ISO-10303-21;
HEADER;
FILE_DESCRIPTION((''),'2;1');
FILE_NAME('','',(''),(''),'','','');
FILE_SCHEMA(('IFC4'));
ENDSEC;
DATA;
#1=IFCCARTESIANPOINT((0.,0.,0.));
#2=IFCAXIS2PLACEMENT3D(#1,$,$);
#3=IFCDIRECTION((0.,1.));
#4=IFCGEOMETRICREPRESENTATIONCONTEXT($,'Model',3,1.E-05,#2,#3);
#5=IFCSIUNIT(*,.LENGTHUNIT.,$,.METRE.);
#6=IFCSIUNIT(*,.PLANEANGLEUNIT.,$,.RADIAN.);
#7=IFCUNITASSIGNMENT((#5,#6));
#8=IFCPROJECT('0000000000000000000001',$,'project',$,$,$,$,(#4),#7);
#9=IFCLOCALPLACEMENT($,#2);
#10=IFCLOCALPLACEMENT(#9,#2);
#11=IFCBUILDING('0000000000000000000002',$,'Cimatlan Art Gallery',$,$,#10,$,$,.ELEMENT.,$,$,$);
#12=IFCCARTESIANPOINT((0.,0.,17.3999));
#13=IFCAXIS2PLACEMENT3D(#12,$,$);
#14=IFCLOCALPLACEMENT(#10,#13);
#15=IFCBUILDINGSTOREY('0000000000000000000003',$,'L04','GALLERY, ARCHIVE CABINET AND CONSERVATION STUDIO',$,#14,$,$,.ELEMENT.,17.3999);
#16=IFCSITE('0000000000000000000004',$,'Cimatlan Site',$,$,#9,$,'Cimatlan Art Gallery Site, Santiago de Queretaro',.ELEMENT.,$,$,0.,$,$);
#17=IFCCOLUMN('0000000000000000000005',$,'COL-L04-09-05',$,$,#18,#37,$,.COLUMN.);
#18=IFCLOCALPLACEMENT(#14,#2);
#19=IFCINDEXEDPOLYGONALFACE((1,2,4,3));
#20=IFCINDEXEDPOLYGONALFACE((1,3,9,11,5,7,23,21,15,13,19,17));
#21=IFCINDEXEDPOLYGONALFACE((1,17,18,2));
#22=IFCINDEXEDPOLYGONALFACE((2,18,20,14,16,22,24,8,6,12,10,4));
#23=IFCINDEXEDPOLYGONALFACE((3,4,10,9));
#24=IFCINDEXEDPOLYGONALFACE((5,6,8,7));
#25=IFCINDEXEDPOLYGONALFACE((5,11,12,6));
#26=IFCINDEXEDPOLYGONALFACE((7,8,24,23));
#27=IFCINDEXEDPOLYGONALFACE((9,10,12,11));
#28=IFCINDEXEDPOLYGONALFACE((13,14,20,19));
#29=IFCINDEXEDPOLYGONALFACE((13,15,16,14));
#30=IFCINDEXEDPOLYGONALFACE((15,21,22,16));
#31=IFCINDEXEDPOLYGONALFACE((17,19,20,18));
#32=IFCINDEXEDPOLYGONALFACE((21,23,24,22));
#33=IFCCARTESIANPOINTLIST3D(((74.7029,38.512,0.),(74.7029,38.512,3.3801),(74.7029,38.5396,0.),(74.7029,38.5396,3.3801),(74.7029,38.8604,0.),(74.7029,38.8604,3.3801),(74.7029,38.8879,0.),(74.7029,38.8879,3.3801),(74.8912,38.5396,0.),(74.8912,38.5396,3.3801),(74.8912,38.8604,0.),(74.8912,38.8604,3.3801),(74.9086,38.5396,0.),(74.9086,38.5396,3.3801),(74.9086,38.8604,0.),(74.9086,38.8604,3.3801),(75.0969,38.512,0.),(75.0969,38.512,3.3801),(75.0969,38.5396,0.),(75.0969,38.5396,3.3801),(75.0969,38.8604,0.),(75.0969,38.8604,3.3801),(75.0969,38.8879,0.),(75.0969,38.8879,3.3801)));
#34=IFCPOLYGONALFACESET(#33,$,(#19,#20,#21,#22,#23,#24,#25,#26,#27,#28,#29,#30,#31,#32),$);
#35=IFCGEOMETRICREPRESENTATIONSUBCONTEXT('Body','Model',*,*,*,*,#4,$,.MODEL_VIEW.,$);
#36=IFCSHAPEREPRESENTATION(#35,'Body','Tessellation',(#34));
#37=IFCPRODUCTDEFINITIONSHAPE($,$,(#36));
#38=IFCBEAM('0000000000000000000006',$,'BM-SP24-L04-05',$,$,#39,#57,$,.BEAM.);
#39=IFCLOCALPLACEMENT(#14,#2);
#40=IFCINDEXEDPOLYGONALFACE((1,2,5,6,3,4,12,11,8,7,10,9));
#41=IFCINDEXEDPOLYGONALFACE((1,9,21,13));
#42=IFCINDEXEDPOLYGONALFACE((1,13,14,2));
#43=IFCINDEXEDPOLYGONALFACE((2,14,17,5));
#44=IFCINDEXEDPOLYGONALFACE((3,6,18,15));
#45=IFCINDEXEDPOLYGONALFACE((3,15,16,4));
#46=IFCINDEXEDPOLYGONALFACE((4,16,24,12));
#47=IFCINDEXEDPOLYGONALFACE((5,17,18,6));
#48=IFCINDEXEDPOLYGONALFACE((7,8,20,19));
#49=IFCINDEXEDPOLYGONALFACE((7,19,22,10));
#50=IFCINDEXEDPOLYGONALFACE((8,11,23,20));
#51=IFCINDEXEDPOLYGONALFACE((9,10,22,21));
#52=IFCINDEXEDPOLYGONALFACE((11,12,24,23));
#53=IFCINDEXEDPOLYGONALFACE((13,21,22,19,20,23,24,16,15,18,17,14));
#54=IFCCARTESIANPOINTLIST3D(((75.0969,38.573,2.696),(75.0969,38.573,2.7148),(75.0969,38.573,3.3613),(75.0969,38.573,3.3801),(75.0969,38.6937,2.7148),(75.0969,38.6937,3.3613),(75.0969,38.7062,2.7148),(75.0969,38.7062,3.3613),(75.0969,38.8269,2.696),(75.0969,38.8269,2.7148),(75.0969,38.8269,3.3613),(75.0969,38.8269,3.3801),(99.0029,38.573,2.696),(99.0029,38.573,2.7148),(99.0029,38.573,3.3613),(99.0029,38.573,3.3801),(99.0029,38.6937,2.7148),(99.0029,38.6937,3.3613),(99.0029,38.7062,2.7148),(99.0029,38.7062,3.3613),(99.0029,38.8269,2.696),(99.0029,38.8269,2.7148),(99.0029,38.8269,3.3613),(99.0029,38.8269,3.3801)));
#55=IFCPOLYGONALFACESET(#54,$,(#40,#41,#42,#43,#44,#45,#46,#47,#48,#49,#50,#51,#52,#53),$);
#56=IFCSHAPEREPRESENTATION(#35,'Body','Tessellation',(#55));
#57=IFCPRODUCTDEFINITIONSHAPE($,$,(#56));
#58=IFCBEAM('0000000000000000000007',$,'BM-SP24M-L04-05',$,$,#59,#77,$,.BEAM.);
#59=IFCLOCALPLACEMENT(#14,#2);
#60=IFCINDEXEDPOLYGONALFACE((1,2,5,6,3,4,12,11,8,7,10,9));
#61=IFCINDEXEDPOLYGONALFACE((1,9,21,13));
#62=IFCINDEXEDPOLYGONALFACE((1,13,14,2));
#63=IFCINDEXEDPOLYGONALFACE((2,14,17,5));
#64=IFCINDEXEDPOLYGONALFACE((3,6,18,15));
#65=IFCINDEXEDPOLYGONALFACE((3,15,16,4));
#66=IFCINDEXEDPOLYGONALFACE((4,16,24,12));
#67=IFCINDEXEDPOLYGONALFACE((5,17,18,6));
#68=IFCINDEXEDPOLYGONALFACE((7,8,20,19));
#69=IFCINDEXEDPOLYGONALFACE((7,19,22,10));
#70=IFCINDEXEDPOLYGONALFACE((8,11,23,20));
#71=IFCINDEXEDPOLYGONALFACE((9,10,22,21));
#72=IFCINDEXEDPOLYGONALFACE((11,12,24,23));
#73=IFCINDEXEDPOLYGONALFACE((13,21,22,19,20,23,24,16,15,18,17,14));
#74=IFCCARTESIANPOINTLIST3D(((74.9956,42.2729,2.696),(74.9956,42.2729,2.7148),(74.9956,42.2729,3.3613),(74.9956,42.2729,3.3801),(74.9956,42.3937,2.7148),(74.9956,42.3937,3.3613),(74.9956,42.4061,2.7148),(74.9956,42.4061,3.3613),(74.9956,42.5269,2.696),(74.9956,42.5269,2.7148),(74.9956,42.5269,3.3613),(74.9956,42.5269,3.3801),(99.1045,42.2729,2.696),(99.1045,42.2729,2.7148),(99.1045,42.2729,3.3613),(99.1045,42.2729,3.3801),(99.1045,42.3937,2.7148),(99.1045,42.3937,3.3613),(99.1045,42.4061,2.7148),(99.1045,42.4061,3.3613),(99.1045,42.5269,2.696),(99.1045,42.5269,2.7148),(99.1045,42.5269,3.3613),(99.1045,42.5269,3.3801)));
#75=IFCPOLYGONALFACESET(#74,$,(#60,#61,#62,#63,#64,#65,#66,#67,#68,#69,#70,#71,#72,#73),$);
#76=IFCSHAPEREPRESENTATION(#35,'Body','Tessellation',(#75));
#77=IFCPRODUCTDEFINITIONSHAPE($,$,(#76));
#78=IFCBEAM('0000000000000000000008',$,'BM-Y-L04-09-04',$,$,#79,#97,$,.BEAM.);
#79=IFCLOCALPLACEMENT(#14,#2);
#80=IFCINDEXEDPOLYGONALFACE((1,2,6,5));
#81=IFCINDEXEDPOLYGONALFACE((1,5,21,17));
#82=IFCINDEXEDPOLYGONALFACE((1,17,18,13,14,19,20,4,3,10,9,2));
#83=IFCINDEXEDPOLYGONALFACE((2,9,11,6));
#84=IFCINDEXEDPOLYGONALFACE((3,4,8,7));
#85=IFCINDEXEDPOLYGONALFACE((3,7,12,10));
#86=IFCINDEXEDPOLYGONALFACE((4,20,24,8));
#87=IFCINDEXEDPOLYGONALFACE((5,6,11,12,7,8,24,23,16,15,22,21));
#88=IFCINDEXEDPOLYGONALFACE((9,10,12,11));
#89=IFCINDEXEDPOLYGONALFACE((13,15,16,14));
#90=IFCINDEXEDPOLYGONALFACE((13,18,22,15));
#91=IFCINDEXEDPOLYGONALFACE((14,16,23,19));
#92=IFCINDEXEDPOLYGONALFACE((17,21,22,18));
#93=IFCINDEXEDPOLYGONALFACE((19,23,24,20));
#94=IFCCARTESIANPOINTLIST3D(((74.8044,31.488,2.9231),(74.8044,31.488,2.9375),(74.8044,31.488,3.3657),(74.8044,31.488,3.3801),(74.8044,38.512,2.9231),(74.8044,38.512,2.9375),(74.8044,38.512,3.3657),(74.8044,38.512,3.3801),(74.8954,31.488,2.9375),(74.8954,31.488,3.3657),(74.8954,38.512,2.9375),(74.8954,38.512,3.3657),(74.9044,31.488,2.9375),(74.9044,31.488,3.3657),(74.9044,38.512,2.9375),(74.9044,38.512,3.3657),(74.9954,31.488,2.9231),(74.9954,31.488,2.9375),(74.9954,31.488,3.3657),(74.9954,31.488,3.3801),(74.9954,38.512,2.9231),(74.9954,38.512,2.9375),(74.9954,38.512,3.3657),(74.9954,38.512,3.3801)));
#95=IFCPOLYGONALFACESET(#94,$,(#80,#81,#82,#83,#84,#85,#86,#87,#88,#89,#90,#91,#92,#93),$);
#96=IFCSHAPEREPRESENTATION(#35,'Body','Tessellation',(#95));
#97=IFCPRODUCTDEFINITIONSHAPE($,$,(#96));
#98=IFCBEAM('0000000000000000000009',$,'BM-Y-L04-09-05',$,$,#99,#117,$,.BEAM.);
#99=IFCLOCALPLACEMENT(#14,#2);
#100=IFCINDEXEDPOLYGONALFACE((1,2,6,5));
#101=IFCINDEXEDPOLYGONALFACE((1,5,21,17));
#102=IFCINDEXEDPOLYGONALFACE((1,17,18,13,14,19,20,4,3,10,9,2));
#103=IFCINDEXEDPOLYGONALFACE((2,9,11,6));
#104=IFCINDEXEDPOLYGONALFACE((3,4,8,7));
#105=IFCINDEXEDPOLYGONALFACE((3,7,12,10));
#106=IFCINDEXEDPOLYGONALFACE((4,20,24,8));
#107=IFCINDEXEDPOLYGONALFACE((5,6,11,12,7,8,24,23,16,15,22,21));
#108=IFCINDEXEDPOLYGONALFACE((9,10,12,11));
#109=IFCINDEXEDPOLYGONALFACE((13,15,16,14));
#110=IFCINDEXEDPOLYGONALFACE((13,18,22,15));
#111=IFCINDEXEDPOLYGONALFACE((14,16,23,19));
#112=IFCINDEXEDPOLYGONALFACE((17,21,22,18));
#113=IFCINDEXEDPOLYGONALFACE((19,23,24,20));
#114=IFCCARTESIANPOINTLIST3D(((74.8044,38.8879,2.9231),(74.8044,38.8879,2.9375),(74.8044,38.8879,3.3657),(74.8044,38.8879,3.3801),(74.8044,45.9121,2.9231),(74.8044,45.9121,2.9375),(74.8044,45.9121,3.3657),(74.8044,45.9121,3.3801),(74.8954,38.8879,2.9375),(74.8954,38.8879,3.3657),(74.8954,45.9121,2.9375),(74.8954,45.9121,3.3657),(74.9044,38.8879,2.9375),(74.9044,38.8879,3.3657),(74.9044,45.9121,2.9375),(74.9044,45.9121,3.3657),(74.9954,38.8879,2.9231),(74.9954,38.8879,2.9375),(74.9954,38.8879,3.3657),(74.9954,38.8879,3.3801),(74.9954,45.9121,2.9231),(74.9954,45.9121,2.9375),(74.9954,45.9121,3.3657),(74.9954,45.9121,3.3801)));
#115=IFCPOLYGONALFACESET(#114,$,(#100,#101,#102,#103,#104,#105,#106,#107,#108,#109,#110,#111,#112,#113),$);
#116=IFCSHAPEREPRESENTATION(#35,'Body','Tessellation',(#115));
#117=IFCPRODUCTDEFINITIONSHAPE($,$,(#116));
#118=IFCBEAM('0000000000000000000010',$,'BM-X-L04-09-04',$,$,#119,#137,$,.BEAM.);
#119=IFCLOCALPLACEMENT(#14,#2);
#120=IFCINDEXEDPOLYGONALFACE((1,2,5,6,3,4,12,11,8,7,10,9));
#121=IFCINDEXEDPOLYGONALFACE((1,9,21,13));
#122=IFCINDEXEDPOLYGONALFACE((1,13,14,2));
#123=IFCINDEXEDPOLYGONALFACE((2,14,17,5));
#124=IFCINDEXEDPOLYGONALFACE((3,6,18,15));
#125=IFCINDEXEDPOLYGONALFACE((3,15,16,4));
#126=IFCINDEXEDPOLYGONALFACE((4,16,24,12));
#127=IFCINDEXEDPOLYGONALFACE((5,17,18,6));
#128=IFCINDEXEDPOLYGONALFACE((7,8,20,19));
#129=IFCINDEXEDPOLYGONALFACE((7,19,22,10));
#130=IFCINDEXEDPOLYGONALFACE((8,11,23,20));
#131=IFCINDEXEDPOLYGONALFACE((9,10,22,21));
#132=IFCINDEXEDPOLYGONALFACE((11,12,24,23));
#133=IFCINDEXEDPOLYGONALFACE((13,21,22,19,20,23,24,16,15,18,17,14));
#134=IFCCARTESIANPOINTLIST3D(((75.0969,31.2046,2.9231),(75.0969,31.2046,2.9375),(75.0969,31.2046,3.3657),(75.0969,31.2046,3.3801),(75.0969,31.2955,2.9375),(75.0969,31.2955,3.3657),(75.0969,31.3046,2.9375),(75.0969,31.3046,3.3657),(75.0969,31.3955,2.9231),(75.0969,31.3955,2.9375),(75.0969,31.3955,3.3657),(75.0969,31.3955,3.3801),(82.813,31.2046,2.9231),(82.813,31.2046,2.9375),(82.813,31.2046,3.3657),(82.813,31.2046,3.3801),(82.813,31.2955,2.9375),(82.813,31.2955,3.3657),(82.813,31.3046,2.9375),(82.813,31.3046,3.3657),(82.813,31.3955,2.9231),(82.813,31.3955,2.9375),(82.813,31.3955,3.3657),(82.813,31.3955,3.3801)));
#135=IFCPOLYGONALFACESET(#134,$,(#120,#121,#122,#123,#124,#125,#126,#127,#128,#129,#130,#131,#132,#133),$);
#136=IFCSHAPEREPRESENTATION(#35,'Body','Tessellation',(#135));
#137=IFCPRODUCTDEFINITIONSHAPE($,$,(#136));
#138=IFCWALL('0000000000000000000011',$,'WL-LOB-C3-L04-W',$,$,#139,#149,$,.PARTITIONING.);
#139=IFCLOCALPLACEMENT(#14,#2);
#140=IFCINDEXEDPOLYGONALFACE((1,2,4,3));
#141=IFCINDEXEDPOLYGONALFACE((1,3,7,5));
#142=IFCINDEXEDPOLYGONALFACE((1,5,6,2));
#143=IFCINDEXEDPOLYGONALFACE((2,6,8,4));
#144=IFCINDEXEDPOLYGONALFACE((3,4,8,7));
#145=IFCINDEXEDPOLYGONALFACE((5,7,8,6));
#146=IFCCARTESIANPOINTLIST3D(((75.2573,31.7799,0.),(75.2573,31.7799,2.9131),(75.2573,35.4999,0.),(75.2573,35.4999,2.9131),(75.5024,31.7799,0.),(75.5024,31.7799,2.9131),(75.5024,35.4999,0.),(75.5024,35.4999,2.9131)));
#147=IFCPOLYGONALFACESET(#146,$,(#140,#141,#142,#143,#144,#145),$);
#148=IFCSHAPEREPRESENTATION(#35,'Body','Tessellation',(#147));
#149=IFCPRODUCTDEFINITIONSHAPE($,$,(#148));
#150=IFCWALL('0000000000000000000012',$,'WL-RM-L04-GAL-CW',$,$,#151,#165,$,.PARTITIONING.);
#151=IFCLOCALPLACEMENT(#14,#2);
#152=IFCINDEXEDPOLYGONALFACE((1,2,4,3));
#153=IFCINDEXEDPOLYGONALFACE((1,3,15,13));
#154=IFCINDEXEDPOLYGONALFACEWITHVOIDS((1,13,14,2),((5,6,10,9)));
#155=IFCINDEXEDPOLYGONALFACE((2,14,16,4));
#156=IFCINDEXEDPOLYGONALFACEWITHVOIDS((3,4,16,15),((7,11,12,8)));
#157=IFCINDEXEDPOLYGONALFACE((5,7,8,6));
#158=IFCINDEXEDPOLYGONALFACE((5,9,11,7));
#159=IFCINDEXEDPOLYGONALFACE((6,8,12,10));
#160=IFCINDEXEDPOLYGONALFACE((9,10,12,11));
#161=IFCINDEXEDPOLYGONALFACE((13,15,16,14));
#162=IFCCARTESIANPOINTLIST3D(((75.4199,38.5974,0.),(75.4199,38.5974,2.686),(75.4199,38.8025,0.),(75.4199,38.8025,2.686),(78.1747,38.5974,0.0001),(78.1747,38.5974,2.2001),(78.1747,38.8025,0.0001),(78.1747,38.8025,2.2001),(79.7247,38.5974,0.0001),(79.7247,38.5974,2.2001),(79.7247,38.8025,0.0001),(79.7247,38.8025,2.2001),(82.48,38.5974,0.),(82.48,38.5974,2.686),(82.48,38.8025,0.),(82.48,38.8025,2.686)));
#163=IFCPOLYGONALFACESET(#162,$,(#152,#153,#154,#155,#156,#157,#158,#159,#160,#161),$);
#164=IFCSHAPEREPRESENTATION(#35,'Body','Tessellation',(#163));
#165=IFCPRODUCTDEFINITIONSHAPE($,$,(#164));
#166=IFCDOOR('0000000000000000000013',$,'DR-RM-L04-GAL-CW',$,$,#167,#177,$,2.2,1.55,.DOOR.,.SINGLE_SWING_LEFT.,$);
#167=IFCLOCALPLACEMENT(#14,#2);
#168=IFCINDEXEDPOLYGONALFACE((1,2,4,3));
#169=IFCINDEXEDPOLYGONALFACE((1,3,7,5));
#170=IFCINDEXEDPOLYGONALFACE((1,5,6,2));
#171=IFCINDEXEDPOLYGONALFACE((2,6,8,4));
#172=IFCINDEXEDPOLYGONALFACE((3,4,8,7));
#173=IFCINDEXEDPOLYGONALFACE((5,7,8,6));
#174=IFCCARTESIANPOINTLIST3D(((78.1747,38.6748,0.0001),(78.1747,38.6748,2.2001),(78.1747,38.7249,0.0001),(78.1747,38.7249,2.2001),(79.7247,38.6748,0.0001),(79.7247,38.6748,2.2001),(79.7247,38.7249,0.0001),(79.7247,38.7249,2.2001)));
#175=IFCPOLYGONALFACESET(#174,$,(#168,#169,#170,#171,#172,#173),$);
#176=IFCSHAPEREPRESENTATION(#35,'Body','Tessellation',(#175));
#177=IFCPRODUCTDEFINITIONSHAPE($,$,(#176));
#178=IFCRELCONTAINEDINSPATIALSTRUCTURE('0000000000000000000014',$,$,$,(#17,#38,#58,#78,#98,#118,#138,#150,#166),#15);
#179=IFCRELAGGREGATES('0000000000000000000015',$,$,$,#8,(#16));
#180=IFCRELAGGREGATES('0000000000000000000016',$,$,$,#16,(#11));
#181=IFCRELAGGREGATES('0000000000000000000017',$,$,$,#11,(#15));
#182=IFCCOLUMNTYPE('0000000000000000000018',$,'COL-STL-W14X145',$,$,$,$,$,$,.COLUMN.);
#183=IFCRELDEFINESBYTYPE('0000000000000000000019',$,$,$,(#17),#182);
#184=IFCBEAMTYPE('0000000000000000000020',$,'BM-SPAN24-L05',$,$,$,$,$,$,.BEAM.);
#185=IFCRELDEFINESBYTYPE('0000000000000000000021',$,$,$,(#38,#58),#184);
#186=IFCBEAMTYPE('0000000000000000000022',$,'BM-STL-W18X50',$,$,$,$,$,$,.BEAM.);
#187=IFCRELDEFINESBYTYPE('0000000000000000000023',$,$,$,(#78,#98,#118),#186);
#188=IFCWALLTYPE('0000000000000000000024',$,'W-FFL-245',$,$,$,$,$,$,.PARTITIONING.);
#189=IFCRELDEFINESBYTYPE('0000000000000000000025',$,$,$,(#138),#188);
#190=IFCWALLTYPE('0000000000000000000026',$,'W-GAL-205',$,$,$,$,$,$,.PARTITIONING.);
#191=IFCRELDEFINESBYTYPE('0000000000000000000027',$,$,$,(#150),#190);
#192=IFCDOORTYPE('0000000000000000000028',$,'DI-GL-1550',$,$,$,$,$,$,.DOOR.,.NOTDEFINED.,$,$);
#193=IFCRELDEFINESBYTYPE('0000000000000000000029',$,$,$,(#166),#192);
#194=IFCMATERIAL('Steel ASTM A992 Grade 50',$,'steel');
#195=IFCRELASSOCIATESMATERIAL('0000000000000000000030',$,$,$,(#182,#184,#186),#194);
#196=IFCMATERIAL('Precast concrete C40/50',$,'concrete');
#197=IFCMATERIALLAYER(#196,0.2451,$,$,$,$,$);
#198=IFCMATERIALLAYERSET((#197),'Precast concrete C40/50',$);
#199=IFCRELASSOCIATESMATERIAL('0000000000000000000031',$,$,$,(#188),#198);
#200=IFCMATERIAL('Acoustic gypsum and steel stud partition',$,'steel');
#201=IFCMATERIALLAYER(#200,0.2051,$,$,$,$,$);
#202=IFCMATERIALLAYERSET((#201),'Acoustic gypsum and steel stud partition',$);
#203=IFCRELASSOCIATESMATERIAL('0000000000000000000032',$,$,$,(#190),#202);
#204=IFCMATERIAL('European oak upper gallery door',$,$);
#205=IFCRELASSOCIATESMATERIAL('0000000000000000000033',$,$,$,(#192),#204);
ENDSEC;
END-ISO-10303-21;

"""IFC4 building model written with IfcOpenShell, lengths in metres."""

from ifc_helpers import new_model, si_unit, direction, frame, frame_2d, origin, origin_2d, place, context, subcontext, project, spatial, rectangle, i_section, extrude, material, layer, layer_set, material_profile, profile_set, type_object, element, fill, save


model = new_model("IFC4")

# Units and contexts
model_context = context("Model", 3, precision=1e-05, world=origin(), true_north=direction((0.0, 1.0)))
body_context = subcontext(model_context, "Body", "Model", "MODEL_VIEW")
ifc_project = project(units=[si_unit("LENGTHUNIT", "METRE"), si_unit("PLANEANGLEUNIT", "RADIAN")], contexts=[model_context])

# Site, building, storey
site_placement = place(None, origin())
site = spatial("IfcSite", under=ifc_project, at=site_placement, Name="Cimatlan Site", LongName="Cimatlan Art Gallery Site, Santiago de Queretaro", CompositionType="ELEMENT", RefElevation=0.0)
building_placement = place(site_placement, origin())
building = spatial("IfcBuilding", under=site, at=building_placement, Name="Cimatlan Art Gallery", CompositionType="ELEMENT")
storey_placement = place(building_placement, frame((0.0, 0.0, 17.3999)))
storey = spatial("IfcBuildingStorey", under=building, at=storey_placement, Name="L04", Description="GALLERY, ARCHIVE CABINET AND CONSERVATION STUDIO", CompositionType="ELEMENT", Elevation=17.3999)

# Column
ifc_material_1 = material(Name="Steel ASTM A992 Grade 50", Category="steel")
ifc_material_profile_1 = material_profile(ifc_material_1, i_section(OverallWidth=0.394, OverallDepth=0.376, WebThickness=0.0173, FlangeThickness=0.0276, at=origin_2d()), Name="W14X145")
ifc_profile_set_1 = profile_set([ifc_material_profile_1], Name="Steel ASTM A992 Grade 50")
column_type = type_object("IfcColumnType", Name="COL-STL-W14X145", PredefinedType="COLUMN", material=ifc_profile_set_1)
column_placement = place(storey_placement, frame((74.8999, 38.7, 0.0), z_axis=(0.0, 0.0, 1.0), x_axis=(1.0, 0.0, 0.0)))
element("IfcColumn", 1, at=column_placement, inside=storey, type_object=column_type, Name="COL-L04-09-05", PredefinedType="COLUMN", context=body_context, shape_type="SweptSolid", body=[
    extrude(i_section(OverallWidth=0.394, OverallDepth=0.376, WebThickness=0.0173, FlangeThickness=0.0276, at=origin_2d()), origin(), (0.0, 0.0, 1.0), 3.3801),
])

# Beams
ifc_material_profile_2 = material_profile(ifc_material_1, i_section(OverallWidth=0.2539, OverallDepth=0.6841, WebThickness=0.0125, FlangeThickness=0.0188, at=origin_2d()), Name="W27X94")
ifc_profile_set_2 = profile_set([ifc_material_profile_2], Name="Steel ASTM A992 Grade 50")
beam_type_1 = type_object("IfcBeamType", Name="BM-SPAN24-L05", PredefinedType="BEAM", material=ifc_profile_set_2)
beam_1_placement = place(storey_placement, frame((75.0969, 38.7, 3.0381), z_axis=(1.0, 0.0, 0.0), x_axis=(0.0, 1.0, 0.0)))
element("IfcBeam", 2, at=beam_1_placement, inside=storey, type_object=beam_type_1, Name="BM-SP24-L04-05", PredefinedType="BEAM", context=body_context, shape_type="SweptSolid", body=[
    extrude(i_section(OverallWidth=0.2539, OverallDepth=0.6841, WebThickness=0.0125, FlangeThickness=0.0188, at=origin_2d()), origin(), (0.0, 0.0, 1.0), 23.906),
])
beam_2_placement = place(storey_placement, frame((74.9956, 42.3999, 3.0381), z_axis=(1.0, 0.0, 0.0), x_axis=(0.0, 1.0, 0.0)))
element("IfcBeam", 3, at=beam_2_placement, inside=storey, type_object=beam_type_1, Name="BM-SP24M-L04-05", PredefinedType="BEAM", context=body_context, shape_type="SweptSolid", body=[
    extrude(i_section(OverallWidth=0.2539, OverallDepth=0.6841, WebThickness=0.0125, FlangeThickness=0.0188, at=origin_2d()), origin(), (0.0, 0.0, 1.0), 24.1089),
])
ifc_material_profile_3 = material_profile(ifc_material_1, i_section(OverallWidth=0.1909, OverallDepth=0.457, WebThickness=0.009, FlangeThickness=0.0144, at=origin_2d()), Name="W18X50")
ifc_profile_set_3 = profile_set([ifc_material_profile_3], Name="Steel ASTM A992 Grade 50")
beam_type_2 = type_object("IfcBeamType", Name="BM-STL-W18X50", PredefinedType="BEAM", material=ifc_profile_set_3)
beam_3_placement = place(storey_placement, frame((74.8999, 31.488, 3.1516), z_axis=(0.0, 1.0, 0.0), x_axis=(-1.0, 0.0, 0.0)))
element("IfcBeam", 4, at=beam_3_placement, inside=storey, type_object=beam_type_2, Name="BM-Y-L04-09-04", PredefinedType="BEAM", context=body_context, shape_type="SweptSolid", body=[
    extrude(i_section(OverallWidth=0.1909, OverallDepth=0.457, WebThickness=0.009, FlangeThickness=0.0144, at=origin_2d()), origin(), (0.0, 0.0, 1.0), 7.0239),
])
beam_4_placement = place(storey_placement, frame((74.8999, 38.8879, 3.1516), z_axis=(0.0, 1.0, 0.0), x_axis=(-1.0, 0.0, 0.0)))
element("IfcBeam", 5, at=beam_4_placement, inside=storey, type_object=beam_type_2, Name="BM-Y-L04-09-05", PredefinedType="BEAM", context=body_context, shape_type="SweptSolid", body=[
    extrude(i_section(OverallWidth=0.1909, OverallDepth=0.457, WebThickness=0.009, FlangeThickness=0.0144, at=origin_2d()), origin(), (0.0, 0.0, 1.0), 7.0242),
])
beam_5_placement = place(storey_placement, frame((75.0969, 31.3, 3.1516), z_axis=(1.0, 0.0, 0.0), x_axis=(0.0, 1.0, 0.0)))
element("IfcBeam", 6, at=beam_5_placement, inside=storey, type_object=beam_type_2, Name="BM-X-L04-09-04", PredefinedType="BEAM", context=body_context, shape_type="SweptSolid", body=[
    extrude(i_section(OverallWidth=0.1909, OverallDepth=0.457, WebThickness=0.009, FlangeThickness=0.0144, at=origin_2d()), origin(), (0.0, 0.0, 1.0), 7.7161),
])

# Shared definitions
ifc_material_2 = material(Name="Precast concrete C40/50", Category="concrete")
ifc_layer_1 = layer(ifc_material_2, 0.2451)
ifc_layer_set_1 = layer_set([ifc_layer_1], Name="Precast concrete C40/50")
wall_type_1 = type_object("IfcWallType", Name="W-FFL-245", PredefinedType="PARTITIONING", material=ifc_layer_set_1)

# Wall
wall_1_placement = place(storey_placement, frame((75.3799, 31.78, 0.0), z_axis=(0.0, 0.0, 1.0), x_axis=(0.0, 1.0, 0.0)))
element("IfcWall", 7, at=wall_1_placement, inside=storey, type_object=wall_type_1, Name="WL-LOB-C3-L04-W", PredefinedType="PARTITIONING", context=body_context, shape_type="SweptSolid", body=[
    extrude(rectangle(XDim=3.72, YDim=0.2451, at=frame_2d((1.8599, 0.0))), origin(), (0.0, 0.0, 1.0), 2.9131),
])

# Wall, opening, door
ifc_material_3 = material(Name="Acoustic gypsum and steel stud partition", Category="steel")
ifc_layer_2 = layer(ifc_material_3, 0.2051)
ifc_layer_set_2 = layer_set([ifc_layer_2], Name="Acoustic gypsum and steel stud partition")
wall_type_2 = type_object("IfcWallType", Name="W-GAL-205", PredefinedType="PARTITIONING", material=ifc_layer_set_2)
wall_2_placement = place(storey_placement, frame((75.4199, 38.7, 0.0), z_axis=(0.0, 0.0, 1.0), x_axis=(1.0, 0.0, 0.0)))
wall_2 = element("IfcWall", 8, at=wall_2_placement, inside=storey, type_object=wall_type_2, Name="WL-RM-L04-GAL-CW", PredefinedType="PARTITIONING", context=body_context, shape_type="SweptSolid", body=[
    extrude(rectangle(XDim=7.0601, YDim=0.2051, at=frame_2d((3.53, 0.0))), origin(), (0.0, 0.0, 1.0), 2.686),
])
opening_1_placement = place(wall_2_placement, frame((2.7549, 0.0, 0.0)))
opening_1 = element("IfcOpeningElement", 9, at=opening_1_placement, cuts=wall_2, PredefinedType="OPENING", context=body_context, shape_type="SweptSolid", body=[
    extrude(rectangle(XDim=1.55, YDim=2.2, at=frame_2d((0.7749, 1.1001))), frame((0.0, 0.1125, 0.0), z_axis=(0.0, -1.0, 0.0), x_axis=(1.0, 0.0, 0.0)), (0.0, 0.0, 1.0), 0.2251),
])
ifc_material_4 = material(Name="European oak upper gallery door")
door_type_1 = type_object("IfcDoorType", Name="DI-GL-1550", OperationType="NOTDEFINED", PredefinedType="DOOR", material=ifc_material_4)
door_1_placement = place(opening_1_placement, origin())
door_1 = element("IfcDoor", 10, at=door_1_placement, inside=storey, type_object=door_type_1, Name="DR-RM-L04-GAL-CW", OperationType="SINGLE_SWING_LEFT", OverallHeight=2.2, OverallWidth=1.55, PredefinedType="DOOR", context=body_context, shape_type="SweptSolid", body=[
    extrude(rectangle(XDim=1.55, YDim=2.2, at=frame_2d((0.7749, 1.1001))), frame((0.0, 0.0249, 0.0), z_axis=(0.0, -1.0, 0.0), x_axis=(1.0, 0.0, 0.0)), (0.0, 0.0, 1.0), 0.05),
])
fill(opening_1, door_1)

save(model, "model.ifc")
